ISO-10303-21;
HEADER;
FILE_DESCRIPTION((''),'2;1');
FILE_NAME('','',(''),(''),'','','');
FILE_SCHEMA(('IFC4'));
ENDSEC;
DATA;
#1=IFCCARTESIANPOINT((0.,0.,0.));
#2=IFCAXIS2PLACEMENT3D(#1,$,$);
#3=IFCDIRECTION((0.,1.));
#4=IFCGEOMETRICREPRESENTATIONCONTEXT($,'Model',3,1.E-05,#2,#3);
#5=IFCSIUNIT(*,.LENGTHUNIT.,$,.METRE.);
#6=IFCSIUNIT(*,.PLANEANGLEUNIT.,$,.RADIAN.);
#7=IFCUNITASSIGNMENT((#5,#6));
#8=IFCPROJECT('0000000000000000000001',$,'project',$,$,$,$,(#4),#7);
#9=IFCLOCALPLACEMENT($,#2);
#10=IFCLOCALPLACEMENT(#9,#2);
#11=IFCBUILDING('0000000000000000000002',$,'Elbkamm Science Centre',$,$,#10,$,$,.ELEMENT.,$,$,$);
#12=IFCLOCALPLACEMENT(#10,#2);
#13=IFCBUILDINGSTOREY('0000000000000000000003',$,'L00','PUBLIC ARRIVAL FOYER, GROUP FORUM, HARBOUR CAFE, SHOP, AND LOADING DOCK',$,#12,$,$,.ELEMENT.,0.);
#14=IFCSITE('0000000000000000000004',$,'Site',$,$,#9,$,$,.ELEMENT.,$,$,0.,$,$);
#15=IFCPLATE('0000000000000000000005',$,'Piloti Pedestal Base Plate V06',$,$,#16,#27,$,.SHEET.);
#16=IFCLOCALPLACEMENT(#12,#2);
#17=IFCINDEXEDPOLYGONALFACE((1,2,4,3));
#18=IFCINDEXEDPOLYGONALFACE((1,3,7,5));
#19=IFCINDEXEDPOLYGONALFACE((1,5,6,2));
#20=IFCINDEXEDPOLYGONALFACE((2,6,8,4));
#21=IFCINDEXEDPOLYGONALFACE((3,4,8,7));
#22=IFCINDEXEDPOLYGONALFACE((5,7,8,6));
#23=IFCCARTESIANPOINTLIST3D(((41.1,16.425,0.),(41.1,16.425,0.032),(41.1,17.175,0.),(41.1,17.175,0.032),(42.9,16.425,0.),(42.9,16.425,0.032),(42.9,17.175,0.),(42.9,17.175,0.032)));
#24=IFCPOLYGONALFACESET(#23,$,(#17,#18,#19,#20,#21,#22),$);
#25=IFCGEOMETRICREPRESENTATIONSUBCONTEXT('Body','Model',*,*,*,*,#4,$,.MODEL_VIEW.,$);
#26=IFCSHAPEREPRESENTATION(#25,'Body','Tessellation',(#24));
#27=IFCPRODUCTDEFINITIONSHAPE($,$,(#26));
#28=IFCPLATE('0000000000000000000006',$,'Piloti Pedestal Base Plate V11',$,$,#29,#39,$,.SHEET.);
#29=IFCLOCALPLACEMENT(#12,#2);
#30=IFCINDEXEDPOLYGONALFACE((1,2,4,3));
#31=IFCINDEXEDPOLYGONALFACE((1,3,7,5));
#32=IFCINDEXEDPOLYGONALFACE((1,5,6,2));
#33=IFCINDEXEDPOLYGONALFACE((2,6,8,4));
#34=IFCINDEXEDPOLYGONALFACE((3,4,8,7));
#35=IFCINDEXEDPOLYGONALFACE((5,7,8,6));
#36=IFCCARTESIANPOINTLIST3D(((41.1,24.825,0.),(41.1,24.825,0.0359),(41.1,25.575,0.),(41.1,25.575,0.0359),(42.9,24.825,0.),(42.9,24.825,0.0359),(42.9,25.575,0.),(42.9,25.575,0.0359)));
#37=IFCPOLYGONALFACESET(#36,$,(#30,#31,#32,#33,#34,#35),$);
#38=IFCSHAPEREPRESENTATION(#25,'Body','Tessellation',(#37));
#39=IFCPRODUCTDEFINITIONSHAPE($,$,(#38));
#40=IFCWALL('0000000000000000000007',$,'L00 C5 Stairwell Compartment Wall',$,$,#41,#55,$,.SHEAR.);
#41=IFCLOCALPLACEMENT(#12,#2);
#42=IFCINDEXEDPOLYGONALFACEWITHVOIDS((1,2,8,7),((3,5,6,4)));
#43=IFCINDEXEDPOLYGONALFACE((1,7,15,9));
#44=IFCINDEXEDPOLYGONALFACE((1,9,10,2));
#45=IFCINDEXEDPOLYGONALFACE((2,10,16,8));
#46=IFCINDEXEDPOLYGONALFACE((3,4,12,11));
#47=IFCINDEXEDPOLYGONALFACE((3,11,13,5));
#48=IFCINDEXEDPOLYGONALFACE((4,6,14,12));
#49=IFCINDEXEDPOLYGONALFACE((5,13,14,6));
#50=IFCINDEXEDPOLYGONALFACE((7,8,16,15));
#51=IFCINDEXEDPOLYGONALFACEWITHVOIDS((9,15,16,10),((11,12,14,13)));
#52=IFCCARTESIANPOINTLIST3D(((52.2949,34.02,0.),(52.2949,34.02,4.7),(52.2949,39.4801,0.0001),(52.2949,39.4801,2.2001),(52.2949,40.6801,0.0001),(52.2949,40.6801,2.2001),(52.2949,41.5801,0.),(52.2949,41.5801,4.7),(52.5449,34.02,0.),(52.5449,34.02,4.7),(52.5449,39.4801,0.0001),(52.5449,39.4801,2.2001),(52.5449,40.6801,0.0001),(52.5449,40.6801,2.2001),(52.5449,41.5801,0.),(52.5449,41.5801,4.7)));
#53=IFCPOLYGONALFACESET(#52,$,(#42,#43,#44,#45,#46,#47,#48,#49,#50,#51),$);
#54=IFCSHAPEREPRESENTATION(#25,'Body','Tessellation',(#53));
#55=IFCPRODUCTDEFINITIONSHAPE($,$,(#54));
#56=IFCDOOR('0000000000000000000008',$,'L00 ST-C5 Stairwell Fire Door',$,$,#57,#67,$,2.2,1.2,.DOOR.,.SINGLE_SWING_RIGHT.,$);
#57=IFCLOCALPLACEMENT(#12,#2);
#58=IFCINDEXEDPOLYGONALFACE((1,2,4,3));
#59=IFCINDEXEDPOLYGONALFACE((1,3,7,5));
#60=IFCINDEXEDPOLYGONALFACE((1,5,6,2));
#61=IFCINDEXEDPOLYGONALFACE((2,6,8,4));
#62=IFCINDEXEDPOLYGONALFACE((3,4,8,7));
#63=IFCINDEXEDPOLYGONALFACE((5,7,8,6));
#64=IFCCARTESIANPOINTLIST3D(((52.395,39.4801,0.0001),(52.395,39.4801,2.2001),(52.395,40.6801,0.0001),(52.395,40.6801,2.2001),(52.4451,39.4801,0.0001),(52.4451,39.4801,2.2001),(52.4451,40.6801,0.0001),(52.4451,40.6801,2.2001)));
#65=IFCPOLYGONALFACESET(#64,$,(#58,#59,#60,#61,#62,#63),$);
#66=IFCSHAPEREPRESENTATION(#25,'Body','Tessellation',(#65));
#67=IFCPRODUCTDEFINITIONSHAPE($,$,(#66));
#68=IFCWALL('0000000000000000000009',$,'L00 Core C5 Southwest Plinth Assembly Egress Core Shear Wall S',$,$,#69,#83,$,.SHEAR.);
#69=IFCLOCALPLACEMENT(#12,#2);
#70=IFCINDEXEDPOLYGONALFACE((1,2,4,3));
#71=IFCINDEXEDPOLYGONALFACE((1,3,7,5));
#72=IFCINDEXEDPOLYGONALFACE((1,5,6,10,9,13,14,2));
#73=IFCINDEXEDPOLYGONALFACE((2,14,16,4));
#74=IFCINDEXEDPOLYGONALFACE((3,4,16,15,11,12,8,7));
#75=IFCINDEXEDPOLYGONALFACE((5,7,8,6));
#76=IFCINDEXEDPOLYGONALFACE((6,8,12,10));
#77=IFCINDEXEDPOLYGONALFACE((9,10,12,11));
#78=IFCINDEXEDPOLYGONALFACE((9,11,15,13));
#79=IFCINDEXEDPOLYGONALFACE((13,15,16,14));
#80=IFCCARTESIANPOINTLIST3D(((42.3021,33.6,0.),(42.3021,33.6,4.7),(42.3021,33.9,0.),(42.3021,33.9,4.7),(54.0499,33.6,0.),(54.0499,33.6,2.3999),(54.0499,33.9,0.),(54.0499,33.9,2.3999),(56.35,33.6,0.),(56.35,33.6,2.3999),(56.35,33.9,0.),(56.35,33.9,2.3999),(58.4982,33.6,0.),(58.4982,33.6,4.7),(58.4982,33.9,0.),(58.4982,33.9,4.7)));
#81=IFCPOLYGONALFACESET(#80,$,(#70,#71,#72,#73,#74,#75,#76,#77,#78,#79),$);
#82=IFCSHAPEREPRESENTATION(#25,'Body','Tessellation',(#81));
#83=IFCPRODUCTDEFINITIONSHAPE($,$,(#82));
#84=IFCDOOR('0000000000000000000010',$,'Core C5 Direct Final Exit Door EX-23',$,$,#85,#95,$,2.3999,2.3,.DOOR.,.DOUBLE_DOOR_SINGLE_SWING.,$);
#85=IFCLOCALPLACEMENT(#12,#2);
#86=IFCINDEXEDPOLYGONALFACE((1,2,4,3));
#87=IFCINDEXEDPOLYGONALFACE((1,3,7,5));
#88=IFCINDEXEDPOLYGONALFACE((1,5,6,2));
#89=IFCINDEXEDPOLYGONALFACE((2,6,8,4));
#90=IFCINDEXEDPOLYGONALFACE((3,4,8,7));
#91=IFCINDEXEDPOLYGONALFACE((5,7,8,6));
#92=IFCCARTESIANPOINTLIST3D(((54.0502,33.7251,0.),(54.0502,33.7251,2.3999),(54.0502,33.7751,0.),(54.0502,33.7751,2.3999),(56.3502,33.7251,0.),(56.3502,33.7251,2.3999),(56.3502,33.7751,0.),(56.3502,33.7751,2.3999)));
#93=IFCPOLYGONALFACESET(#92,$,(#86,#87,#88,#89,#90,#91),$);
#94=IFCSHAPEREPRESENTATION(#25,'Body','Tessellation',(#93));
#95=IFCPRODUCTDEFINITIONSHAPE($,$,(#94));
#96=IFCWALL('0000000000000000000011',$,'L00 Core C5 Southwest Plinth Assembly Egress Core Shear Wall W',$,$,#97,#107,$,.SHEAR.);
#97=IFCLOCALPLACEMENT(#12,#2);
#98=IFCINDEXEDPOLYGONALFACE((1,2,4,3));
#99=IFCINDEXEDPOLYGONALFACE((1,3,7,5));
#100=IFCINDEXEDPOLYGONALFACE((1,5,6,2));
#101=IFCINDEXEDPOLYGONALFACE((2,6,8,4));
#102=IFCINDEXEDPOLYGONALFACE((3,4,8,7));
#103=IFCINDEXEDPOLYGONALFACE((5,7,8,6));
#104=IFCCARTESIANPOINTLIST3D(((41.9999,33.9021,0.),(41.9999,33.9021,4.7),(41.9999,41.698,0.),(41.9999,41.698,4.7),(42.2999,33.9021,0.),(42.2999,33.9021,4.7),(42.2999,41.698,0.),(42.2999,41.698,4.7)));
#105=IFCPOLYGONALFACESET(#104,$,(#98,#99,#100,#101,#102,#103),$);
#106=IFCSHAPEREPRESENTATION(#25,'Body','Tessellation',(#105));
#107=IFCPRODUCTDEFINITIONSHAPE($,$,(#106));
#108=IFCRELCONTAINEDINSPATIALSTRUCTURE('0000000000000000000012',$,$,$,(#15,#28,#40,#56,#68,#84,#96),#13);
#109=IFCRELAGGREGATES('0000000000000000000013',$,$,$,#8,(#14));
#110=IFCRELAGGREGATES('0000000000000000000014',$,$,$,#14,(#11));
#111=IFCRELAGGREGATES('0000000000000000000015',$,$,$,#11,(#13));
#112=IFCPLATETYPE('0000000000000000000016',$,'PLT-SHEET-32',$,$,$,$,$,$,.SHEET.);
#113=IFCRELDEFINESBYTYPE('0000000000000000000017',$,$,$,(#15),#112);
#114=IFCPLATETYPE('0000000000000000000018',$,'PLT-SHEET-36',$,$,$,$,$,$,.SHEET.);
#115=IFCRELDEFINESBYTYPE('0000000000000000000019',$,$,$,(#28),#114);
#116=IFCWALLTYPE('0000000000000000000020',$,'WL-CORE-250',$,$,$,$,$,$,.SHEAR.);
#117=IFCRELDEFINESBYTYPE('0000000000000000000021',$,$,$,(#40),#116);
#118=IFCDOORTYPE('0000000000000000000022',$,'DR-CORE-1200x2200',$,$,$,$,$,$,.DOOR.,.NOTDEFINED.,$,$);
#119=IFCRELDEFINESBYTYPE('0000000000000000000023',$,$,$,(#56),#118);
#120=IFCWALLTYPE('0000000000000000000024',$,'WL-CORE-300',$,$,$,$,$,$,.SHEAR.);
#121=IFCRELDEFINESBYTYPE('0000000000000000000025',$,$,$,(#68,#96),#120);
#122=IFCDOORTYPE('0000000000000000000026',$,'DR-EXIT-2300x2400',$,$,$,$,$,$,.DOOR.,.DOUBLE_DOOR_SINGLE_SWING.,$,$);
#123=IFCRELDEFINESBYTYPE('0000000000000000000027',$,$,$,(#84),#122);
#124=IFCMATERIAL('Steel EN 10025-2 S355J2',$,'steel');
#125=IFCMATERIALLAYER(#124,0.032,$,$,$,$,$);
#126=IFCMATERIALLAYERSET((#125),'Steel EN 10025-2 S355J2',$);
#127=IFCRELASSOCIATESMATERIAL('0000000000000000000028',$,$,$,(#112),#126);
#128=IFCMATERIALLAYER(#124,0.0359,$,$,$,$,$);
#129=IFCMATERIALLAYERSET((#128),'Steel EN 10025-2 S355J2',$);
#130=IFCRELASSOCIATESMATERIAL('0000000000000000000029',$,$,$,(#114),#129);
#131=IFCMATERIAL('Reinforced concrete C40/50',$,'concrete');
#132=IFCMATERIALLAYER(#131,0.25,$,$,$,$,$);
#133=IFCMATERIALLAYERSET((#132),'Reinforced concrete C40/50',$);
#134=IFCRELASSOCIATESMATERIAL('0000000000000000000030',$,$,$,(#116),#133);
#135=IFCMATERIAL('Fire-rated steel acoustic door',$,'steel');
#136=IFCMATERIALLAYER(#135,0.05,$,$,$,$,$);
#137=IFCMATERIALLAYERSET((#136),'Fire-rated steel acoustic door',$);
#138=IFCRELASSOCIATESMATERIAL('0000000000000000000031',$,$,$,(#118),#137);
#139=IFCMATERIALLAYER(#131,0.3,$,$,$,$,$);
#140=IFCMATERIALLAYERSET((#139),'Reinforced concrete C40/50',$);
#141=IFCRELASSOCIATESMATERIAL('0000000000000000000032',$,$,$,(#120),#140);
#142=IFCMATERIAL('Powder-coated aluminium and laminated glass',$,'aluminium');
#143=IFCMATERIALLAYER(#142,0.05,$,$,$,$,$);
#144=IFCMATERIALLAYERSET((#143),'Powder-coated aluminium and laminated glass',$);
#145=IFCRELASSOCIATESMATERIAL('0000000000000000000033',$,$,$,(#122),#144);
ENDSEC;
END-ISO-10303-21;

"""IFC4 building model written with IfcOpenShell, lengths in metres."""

from ifc_helpers import new_model, si_unit, direction, frame, frame_2d, origin, origin_2d, place, context, subcontext, project, spatial, rectangle, extrude, material, layer, layer_set, type_object, element, fill, save


model = new_model("IFC4")

# Units and contexts
model_context = context("Model", 3, precision=1e-05, world=origin(), true_north=direction((0.0, 1.0)))
body_context = subcontext(model_context, "Body", "Model", "MODEL_VIEW")
ifc_project = project(units=[si_unit("LENGTHUNIT", "METRE"), si_unit("PLANEANGLEUNIT", "RADIAN")], contexts=[model_context])

# Site, building, storey
site_placement = place(None, origin())
site = spatial("IfcSite", under=ifc_project, at=site_placement, Name="Site", CompositionType="ELEMENT", RefElevation=0.0)
building_placement = place(site_placement, origin())
building = spatial("IfcBuilding", under=site, at=building_placement, Name="Elbkamm Science Centre", CompositionType="ELEMENT")
storey_placement = place(building_placement, origin())
storey = spatial("IfcBuildingStorey", under=building, at=storey_placement, Name="L00", Description="PUBLIC ARRIVAL FOYER, GROUP FORUM, HARBOUR CAFE, SHOP, AND LOADING DOCK", CompositionType="ELEMENT", Elevation=0.0)

# Plates
ifc_material_1 = material(Name="Steel EN 10025-2 S355J2", Category="steel")
ifc_layer_1 = layer(ifc_material_1, 0.032)
ifc_layer_set_1 = layer_set([ifc_layer_1], Name="Steel EN 10025-2 S355J2")
plate_type_1 = type_object("IfcPlateType", Name="PLT-SHEET-32", PredefinedType="SHEET", material=ifc_layer_set_1)
plate_1_placement = place(storey_placement, frame((42.0, 16.8, 0.0), z_axis=(0.0, 0.0, 1.0), x_axis=(1.0, 0.0, 0.0)))
element("IfcPlate", 1, at=plate_1_placement, inside=storey, type_object=plate_type_1, Name="Piloti Pedestal Base Plate V06", PredefinedType="SHEET", context=body_context, shape_type="SweptSolid", body=[
    extrude(rectangle(XDim=1.8, YDim=0.75, at=origin_2d()), origin(), (0.0, 0.0, 1.0), 0.032),
])
ifc_layer_2 = layer(ifc_material_1, 0.0359)
ifc_layer_set_2 = layer_set([ifc_layer_2], Name="Steel EN 10025-2 S355J2")
plate_type_2 = type_object("IfcPlateType", Name="PLT-SHEET-36", PredefinedType="SHEET", material=ifc_layer_set_2)
plate_2_placement = place(storey_placement, frame((42.0, 25.2, 0.0), z_axis=(0.0, 0.0, 1.0), x_axis=(1.0, 0.0, 0.0)))
element("IfcPlate", 2, at=plate_2_placement, inside=storey, type_object=plate_type_2, Name="Piloti Pedestal Base Plate V11", PredefinedType="SHEET", context=body_context, shape_type="SweptSolid", body=[
    extrude(rectangle(XDim=1.8, YDim=0.75, at=origin_2d()), origin(), (0.0, 0.0, 1.0), 0.0359),
])

# Walls, openings, doors
ifc_material_2 = material(Name="Reinforced concrete C40/50", Category="concrete")
ifc_layer_3 = layer(ifc_material_2, 0.25)
ifc_layer_set_3 = layer_set([ifc_layer_3], Name="Reinforced concrete C40/50")
wall_type_1 = type_object("IfcWallType", Name="WL-CORE-250", PredefinedType="SHEAR", material=ifc_layer_set_3)
wall_1_placement = place(storey_placement, frame((52.4199, 34.02, 0.0), z_axis=(0.0, 0.0, 1.0), x_axis=(0.0, 1.0, 0.0)))
wall_1 = element("IfcWall", 3, at=wall_1_placement, inside=storey, type_object=wall_type_1, Name="L00 C5 Stairwell Compartment Wall", PredefinedType="SHEAR", context=body_context, shape_type="SweptSolid", body=[
    extrude(rectangle(XDim=7.5601, YDim=0.25, at=frame_2d((3.78, 0.0))), origin(), (0.0, 0.0, 1.0), 4.7),
])
opening_1_placement = place(wall_1_placement, frame((5.46, 0.0, 0.0)))
opening_1 = element("IfcOpeningElement", 4, at=opening_1_placement, cuts=wall_1, PredefinedType="OPENING", context=body_context, shape_type="SweptSolid", body=[
    extrude(rectangle(XDim=1.2, YDim=2.2, at=frame_2d((0.6001, 1.1001))), frame((0.0, 0.137, 0.0), z_axis=(0.0, -1.0, 0.0), x_axis=(1.0, 0.0, 0.0)), (0.0, 0.0, 1.0), 0.2739),
])
ifc_material_3 = material(Name="Fire-rated steel acoustic door", Category="steel")
ifc_layer_4 = layer(ifc_material_3, 0.05)
ifc_layer_set_4 = layer_set([ifc_layer_4], Name="Fire-rated steel acoustic door")
door_type_1 = type_object("IfcDoorType", Name="DR-CORE-1200x2200", OperationType="NOTDEFINED", PredefinedType="DOOR", material=ifc_layer_set_4)
door_1_placement = place(opening_1_placement, origin())
door_1 = element("IfcDoor", 5, at=door_1_placement, inside=storey, type_object=door_type_1, Name="L00 ST-C5 Stairwell Fire Door", OperationType="SINGLE_SWING_RIGHT", OverallHeight=2.2, OverallWidth=1.2, PredefinedType="DOOR", context=body_context, shape_type="SweptSolid", body=[
    extrude(rectangle(XDim=1.2, YDim=2.2, at=frame_2d((0.6001, 1.1001))), frame((0.0, 0.0249, 0.0), z_axis=(0.0, -1.0, 0.0), x_axis=(1.0, 0.0, 0.0)), (0.0, 0.0, 1.0), 0.05),
])
fill(opening_1, door_1)
ifc_layer_5 = layer(ifc_material_2, 0.3)
ifc_layer_set_5 = layer_set([ifc_layer_5], Name="Reinforced concrete C40/50")
wall_type_2 = type_object("IfcWallType", Name="WL-CORE-300", PredefinedType="SHEAR", material=ifc_layer_set_5)
wall_2_placement = place(storey_placement, frame((42.302, 33.75, 0.0), z_axis=(0.0, 0.0, 1.0), x_axis=(1.0, 0.0, 0.0)))
wall_2 = element("IfcWall", 6, at=wall_2_placement, inside=storey, type_object=wall_type_2, Name="L00 Core C5 Southwest Plinth Assembly Egress Core Shear Wall S", PredefinedType="SHEAR", context=body_context, shape_type="SweptSolid", body=[
    extrude(rectangle(XDim=16.196, YDim=0.3, at=frame_2d((8.0981, 0.0))), origin(), (0.0, 0.0, 1.0), 4.7),
])
opening_2_placement = place(wall_2_placement, frame((11.748, 0.0, 0.0)))
opening_2 = element("IfcOpeningElement", 7, at=opening_2_placement, cuts=wall_2, PredefinedType="OPENING", context=body_context, shape_type="SweptSolid", body=[
    extrude(rectangle(XDim=2.3, YDim=2.3999, at=frame_2d((1.1499, 1.2))), frame((0.0, 0.1621, 0.0), z_axis=(0.0, -1.0, 0.0), x_axis=(1.0, 0.0, 0.0)), (0.0, 0.0, 1.0), 0.324),
])
ifc_material_4 = material(Name="Powder-coated aluminium and laminated glass", Category="aluminium")
ifc_layer_6 = layer(ifc_material_4, 0.05)
ifc_layer_set_6 = layer_set([ifc_layer_6], Name="Powder-coated aluminium and laminated glass")
door_type_2 = type_object("IfcDoorType", Name="DR-EXIT-2300x2400", OperationType="DOUBLE_DOOR_SINGLE_SWING", PredefinedType="DOOR", material=ifc_layer_set_6)
door_2_placement = place(opening_2_placement, frame((2.3, 0.0, 0.0), z_axis=(0.0, 0.0, 1.0), x_axis=(-1.0, 0.0, 0.0)))
door_2 = element("IfcDoor", 8, at=door_2_placement, inside=storey, type_object=door_type_2, Name="Core C5 Direct Final Exit Door EX-23", OperationType="DOUBLE_DOOR_SINGLE_SWING", OverallHeight=2.3999, OverallWidth=2.3, PredefinedType="DOOR", context=body_context, shape_type="SweptSolid", body=[
    extrude(rectangle(XDim=2.3, YDim=2.3999, at=frame_2d((1.1499, 1.2))), frame((0.0, 0.0249, 0.0), z_axis=(0.0, -1.0, 0.0), x_axis=(1.0, 0.0, 0.0)), (0.0, 0.0, 1.0), 0.05),
])
fill(opening_2, door_2)

# Wall
wall_3_placement = place(storey_placement, frame((42.1499, 33.9021, 0.0), z_axis=(0.0, 0.0, 1.0), x_axis=(0.0, 1.0, 0.0)))
element("IfcWall", 9, at=wall_3_placement, inside=storey, type_object=wall_type_2, Name="L00 Core C5 Southwest Plinth Assembly Egress Core Shear Wall W", PredefinedType="SHEAR", context=body_context, shape_type="SweptSolid", body=[
    extrude(rectangle(XDim=7.7959, YDim=0.3, at=frame_2d((3.8979, 0.0))), origin(), (0.0, 0.0, 1.0), 4.7),
])

save(model, "model.ifc")
